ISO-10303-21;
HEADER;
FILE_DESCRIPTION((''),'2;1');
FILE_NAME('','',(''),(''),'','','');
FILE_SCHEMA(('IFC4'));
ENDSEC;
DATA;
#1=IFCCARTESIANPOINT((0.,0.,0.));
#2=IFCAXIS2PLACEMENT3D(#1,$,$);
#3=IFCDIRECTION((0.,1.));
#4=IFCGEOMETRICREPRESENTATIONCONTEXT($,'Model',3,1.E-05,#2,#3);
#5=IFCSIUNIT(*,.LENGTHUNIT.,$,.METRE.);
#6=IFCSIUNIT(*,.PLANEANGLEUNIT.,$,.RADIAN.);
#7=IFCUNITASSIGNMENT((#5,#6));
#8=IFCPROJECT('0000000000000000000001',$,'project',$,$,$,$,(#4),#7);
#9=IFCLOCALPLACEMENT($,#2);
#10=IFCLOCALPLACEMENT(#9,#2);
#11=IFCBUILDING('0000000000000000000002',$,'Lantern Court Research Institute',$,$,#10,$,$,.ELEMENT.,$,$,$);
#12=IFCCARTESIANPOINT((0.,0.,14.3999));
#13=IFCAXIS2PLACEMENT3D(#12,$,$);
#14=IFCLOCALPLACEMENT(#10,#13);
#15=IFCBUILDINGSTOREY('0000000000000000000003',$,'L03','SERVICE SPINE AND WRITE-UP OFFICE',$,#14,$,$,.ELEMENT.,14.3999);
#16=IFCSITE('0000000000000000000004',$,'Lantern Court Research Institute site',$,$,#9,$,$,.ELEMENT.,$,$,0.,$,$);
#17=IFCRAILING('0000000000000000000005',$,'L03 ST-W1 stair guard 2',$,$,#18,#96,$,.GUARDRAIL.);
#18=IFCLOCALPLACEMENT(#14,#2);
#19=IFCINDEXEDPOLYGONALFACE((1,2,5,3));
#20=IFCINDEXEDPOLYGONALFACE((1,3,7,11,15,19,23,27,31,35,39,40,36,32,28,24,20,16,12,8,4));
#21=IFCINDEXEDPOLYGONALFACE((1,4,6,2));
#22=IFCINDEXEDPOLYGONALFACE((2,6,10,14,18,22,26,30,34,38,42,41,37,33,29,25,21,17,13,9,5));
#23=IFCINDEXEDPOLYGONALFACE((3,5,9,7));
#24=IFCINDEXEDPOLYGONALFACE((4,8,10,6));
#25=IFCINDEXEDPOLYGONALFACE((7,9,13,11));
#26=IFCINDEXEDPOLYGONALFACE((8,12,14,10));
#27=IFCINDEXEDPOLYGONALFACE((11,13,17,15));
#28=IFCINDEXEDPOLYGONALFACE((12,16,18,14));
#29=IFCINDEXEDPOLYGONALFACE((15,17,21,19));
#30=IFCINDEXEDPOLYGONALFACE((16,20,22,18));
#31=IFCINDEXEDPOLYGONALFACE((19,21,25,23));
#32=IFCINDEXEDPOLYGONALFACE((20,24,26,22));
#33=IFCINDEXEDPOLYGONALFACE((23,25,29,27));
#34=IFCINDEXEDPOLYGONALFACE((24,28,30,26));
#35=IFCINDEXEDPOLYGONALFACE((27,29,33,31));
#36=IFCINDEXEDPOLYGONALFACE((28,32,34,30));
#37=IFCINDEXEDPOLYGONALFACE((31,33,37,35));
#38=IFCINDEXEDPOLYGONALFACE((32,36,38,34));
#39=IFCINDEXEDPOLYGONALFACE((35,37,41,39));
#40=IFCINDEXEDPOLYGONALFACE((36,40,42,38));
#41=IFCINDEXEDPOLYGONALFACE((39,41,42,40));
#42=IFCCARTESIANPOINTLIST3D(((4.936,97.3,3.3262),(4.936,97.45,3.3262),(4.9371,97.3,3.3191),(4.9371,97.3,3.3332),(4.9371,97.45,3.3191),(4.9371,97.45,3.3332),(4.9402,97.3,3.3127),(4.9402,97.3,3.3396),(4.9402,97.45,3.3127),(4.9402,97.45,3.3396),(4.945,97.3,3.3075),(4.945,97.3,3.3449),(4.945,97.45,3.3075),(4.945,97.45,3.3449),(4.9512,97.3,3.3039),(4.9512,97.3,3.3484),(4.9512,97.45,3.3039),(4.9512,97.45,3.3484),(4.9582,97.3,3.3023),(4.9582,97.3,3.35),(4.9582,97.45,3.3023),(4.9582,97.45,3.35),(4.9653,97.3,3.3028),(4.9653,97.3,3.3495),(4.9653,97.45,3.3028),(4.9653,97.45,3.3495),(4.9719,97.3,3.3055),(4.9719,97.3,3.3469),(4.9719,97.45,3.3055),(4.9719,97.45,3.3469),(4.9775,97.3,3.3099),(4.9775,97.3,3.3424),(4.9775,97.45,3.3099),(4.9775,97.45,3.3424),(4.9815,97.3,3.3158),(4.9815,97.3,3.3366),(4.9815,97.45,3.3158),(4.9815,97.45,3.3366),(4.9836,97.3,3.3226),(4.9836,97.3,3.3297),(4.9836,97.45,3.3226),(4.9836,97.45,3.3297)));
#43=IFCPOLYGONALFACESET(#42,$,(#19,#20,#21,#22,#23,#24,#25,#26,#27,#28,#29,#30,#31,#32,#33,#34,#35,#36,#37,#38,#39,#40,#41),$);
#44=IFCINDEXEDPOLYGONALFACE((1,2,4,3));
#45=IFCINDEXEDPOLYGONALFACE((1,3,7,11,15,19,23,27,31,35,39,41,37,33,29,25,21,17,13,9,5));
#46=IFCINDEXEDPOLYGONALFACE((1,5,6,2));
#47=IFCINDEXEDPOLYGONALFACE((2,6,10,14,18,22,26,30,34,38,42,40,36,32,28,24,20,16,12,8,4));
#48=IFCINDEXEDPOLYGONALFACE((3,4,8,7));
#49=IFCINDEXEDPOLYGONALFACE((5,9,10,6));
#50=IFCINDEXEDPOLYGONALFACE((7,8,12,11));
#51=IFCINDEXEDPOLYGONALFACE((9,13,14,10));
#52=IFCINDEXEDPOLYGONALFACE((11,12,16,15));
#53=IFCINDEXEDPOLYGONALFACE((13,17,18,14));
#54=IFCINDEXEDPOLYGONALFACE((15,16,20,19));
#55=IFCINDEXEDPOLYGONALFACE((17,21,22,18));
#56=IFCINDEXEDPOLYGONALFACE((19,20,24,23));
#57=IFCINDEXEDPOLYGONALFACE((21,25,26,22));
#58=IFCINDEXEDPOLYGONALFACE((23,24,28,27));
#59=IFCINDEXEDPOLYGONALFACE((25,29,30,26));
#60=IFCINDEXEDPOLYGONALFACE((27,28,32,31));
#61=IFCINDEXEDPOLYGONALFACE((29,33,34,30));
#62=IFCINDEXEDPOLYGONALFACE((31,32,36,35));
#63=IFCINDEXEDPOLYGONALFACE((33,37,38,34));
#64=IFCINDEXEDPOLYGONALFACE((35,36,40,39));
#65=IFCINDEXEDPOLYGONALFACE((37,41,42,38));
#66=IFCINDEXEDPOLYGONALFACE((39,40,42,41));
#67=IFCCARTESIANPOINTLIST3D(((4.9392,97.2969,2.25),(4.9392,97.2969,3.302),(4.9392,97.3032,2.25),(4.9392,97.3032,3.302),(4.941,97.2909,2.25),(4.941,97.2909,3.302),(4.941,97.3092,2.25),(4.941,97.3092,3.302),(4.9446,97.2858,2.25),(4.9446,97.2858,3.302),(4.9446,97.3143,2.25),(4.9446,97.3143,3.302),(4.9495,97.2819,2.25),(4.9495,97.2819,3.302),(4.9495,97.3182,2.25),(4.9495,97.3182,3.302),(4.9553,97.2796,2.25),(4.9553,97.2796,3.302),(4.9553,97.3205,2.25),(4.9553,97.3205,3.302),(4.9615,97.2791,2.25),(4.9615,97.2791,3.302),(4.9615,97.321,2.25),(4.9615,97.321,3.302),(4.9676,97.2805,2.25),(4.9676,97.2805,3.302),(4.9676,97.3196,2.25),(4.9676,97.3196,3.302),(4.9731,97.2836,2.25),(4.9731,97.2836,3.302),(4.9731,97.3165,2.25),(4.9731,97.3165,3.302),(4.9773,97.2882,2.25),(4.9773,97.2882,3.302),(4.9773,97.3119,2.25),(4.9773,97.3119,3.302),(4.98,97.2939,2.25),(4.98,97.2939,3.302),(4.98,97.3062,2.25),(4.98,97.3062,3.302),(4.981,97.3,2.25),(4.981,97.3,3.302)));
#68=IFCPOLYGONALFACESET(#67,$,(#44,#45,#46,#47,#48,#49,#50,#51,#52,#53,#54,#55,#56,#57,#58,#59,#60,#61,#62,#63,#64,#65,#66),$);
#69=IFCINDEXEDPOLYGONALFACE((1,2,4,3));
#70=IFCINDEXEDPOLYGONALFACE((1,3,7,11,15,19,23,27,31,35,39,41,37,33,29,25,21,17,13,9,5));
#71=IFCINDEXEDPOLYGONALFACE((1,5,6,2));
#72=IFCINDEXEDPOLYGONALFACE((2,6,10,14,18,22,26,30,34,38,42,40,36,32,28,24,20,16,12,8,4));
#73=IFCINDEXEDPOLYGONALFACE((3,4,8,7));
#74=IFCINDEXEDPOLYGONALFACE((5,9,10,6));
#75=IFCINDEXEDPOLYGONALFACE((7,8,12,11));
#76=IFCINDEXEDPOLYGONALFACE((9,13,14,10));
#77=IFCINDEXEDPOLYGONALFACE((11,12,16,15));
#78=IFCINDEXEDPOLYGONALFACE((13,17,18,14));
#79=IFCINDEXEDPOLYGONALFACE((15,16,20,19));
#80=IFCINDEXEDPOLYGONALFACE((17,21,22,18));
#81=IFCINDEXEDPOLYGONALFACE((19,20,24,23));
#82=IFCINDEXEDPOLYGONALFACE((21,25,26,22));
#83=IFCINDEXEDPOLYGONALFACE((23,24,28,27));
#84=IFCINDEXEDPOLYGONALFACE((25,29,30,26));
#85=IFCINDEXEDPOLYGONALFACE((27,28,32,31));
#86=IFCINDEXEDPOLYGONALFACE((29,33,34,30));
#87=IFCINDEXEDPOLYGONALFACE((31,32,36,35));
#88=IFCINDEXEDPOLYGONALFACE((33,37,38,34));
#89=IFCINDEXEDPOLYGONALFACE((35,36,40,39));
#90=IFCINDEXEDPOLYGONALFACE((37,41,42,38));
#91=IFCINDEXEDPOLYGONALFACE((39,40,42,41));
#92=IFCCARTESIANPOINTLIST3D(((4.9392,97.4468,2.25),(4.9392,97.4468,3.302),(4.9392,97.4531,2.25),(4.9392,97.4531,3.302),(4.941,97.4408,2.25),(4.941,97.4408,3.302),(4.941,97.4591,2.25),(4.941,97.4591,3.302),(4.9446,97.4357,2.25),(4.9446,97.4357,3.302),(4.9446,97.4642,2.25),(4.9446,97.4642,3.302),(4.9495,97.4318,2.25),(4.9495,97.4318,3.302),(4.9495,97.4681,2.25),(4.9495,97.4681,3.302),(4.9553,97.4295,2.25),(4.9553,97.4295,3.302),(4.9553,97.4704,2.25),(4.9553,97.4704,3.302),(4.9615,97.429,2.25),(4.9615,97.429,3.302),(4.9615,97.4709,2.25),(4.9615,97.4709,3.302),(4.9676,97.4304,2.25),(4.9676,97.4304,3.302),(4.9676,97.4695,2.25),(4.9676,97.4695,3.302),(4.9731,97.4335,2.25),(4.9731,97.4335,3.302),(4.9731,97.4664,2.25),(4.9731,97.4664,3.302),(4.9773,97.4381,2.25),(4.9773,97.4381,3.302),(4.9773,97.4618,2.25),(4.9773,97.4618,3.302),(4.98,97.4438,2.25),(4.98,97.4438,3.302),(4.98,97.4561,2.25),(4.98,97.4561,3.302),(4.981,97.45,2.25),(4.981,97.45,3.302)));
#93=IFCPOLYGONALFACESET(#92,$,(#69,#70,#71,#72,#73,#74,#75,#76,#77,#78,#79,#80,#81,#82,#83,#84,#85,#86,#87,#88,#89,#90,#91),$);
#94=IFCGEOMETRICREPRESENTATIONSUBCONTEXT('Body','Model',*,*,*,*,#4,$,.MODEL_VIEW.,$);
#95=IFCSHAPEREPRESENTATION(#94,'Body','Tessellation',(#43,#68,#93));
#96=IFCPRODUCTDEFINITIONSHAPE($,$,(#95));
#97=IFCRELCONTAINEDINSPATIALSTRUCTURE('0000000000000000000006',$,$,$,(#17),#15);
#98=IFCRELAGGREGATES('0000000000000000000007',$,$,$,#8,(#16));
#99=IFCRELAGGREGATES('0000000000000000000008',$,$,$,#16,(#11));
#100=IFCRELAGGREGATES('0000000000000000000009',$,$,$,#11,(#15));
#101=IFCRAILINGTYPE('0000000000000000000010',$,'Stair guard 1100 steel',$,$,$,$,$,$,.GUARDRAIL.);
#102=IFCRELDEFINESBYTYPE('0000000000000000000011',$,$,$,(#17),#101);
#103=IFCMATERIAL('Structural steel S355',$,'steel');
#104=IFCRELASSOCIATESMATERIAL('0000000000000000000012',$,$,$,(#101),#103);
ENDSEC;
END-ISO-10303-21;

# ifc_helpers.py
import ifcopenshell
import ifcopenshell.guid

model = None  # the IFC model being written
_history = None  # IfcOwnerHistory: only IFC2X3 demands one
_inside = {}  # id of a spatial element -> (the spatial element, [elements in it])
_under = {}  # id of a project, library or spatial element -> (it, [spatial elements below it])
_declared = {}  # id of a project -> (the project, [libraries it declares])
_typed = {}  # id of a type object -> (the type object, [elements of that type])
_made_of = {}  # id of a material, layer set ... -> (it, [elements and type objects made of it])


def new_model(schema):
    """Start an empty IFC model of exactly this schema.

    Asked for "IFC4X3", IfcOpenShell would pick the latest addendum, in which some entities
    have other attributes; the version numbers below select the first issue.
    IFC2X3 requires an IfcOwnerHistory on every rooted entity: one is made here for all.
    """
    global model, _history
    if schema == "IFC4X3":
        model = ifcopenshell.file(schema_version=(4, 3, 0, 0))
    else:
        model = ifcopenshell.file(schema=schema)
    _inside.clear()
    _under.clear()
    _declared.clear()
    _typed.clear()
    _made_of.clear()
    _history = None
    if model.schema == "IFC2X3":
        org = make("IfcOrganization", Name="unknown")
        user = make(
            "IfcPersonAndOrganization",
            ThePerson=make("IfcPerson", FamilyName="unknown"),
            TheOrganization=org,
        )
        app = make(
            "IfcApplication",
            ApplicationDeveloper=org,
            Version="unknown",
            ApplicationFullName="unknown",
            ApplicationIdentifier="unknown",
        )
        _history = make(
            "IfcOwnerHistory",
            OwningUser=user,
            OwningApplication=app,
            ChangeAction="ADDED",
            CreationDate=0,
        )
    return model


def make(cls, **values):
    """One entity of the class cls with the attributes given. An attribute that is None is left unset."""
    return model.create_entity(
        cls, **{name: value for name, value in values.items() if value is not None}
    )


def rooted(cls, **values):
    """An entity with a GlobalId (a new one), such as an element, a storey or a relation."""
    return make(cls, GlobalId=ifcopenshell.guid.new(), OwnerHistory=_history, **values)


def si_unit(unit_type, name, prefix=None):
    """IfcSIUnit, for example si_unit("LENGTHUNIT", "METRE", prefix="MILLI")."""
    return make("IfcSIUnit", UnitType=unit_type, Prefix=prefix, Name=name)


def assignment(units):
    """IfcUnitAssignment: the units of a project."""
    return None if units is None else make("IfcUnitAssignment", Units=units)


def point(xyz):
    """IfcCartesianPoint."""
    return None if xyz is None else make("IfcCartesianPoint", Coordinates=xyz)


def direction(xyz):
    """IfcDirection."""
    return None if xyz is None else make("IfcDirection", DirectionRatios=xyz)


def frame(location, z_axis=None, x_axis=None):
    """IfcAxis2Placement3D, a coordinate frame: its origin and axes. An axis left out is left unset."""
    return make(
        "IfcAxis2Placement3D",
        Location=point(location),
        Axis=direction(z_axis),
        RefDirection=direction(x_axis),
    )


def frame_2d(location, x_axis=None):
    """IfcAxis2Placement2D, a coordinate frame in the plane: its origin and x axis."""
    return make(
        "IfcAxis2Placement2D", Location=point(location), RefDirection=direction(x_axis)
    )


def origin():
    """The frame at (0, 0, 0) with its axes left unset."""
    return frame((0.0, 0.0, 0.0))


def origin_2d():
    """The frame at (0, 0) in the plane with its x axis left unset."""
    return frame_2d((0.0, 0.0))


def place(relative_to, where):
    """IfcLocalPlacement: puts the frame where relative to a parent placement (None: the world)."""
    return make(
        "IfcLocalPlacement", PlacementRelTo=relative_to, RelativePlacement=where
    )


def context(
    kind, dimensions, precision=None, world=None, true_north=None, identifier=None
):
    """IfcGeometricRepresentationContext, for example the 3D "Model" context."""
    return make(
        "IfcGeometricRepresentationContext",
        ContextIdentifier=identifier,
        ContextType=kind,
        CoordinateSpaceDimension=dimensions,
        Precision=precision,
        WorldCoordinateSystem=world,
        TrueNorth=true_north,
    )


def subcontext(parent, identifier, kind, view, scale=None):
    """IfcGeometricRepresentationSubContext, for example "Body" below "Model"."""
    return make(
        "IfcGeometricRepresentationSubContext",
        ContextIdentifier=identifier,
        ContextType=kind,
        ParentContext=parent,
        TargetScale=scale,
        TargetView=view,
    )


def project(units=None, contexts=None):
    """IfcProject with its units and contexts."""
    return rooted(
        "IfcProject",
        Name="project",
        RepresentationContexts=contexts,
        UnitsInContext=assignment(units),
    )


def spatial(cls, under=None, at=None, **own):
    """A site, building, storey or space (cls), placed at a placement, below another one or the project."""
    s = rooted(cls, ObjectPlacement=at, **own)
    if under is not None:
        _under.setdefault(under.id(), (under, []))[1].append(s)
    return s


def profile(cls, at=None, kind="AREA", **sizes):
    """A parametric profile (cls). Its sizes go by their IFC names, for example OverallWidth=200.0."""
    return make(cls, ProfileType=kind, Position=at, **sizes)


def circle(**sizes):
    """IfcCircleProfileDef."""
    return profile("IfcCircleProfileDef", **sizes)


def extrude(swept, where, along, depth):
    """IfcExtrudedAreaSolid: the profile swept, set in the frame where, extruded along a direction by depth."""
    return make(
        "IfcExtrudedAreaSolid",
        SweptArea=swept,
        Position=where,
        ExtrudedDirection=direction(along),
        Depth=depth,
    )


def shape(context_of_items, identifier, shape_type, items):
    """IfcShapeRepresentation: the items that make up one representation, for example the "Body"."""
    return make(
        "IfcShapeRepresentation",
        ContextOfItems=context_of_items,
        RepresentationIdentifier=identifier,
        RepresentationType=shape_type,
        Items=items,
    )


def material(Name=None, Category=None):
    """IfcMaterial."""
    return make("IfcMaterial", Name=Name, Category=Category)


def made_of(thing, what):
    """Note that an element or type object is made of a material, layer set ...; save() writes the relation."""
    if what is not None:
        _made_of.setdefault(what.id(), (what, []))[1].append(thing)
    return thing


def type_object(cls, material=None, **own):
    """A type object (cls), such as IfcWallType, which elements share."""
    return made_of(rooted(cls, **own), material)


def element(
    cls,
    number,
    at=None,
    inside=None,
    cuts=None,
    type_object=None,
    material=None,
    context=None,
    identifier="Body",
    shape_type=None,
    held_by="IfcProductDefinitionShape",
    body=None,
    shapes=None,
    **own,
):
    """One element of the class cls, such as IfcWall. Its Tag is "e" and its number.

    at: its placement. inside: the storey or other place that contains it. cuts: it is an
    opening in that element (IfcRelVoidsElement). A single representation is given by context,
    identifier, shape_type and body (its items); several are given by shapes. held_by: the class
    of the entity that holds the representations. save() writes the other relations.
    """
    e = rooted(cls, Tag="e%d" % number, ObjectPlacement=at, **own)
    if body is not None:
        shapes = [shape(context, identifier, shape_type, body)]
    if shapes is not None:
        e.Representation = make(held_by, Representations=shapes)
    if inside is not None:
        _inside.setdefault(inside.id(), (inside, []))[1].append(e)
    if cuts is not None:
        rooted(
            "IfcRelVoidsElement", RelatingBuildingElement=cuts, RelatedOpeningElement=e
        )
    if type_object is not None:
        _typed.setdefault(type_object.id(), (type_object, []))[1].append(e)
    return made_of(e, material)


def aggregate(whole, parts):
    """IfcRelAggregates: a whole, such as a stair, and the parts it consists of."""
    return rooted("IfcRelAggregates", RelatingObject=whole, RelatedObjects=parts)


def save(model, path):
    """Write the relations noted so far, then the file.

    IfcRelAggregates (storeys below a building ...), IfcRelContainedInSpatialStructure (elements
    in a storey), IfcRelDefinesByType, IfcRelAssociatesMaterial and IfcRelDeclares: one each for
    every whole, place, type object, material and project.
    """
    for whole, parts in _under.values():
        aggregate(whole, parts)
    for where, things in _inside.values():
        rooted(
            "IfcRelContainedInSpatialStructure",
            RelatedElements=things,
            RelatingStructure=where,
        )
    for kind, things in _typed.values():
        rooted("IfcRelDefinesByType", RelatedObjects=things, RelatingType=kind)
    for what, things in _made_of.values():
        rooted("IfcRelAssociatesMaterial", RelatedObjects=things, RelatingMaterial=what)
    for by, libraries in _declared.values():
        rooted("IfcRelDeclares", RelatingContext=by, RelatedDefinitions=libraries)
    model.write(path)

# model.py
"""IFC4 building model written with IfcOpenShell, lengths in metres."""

from ifc_helpers import new_model, si_unit, direction, frame, origin, origin_2d, place, context, subcontext, project, spatial, circle, extrude, material, type_object, element, save


model = new_model("IFC4")

# Units and contexts
model_context = context("Model", 3, precision=1e-05, world=origin(), true_north=direction((0.0, 1.0)))
body_context = subcontext(model_context, "Body", "Model", "MODEL_VIEW")
ifc_project = project(units=[si_unit("LENGTHUNIT", "METRE"), si_unit("PLANEANGLEUNIT", "RADIAN")], contexts=[model_context])

# Site, building, storey
site_placement = place(None, origin())
site = spatial("IfcSite", under=ifc_project, at=site_placement, Name="Lantern Court Research Institute site", CompositionType="ELEMENT", RefElevation=0.0)
building_placement = place(site_placement, origin())
building = spatial("IfcBuilding", under=site, at=building_placement, Name="Lantern Court Research Institute", CompositionType="ELEMENT")
storey_placement = place(building_placement, frame((0.0, 0.0, 14.3999)))
storey = spatial("IfcBuildingStorey", under=building, at=storey_placement, Name="L03", Description="SERVICE SPINE AND WRITE-UP OFFICE", CompositionType="ELEMENT", Elevation=14.3999)

# Railing
ifc_material_1 = material(Name="Structural steel S355", Category="steel")
railing_type_1 = type_object("IfcRailingType", Name="Stair guard 1100 steel", PredefinedType="GUARDRAIL", material=ifc_material_1)
railing_1_placement = place(storey_placement, frame((4.96, 97.3, 2.25)))
element("IfcRailing", 1, at=railing_1_placement, inside=storey, type_object=railing_type_1, Name="L03 ST-W1 stair guard 2", PredefinedType="GUARDRAIL", context=body_context, shape_type="SweptSolid", body=[
    extrude(circle(Radius=0.0239, at=origin_2d()), frame((0.0, 0.0, 1.0762), z_axis=(0.0, 1.0, 0.0), x_axis=(-1.0, 0.0, 0.0)), (0.0, 0.0, 1.0), 0.1499),
    extrude(circle(Radius=0.021, at=origin_2d()), origin(), (0.0, 0.0, 1.0), 1.052),
    extrude(circle(Radius=0.021, at=origin_2d()), frame((0.0, 0.1499, 0.0)), (0.0, 0.0, 1.0), 1.052),
])

save(model, "model.ifc")
